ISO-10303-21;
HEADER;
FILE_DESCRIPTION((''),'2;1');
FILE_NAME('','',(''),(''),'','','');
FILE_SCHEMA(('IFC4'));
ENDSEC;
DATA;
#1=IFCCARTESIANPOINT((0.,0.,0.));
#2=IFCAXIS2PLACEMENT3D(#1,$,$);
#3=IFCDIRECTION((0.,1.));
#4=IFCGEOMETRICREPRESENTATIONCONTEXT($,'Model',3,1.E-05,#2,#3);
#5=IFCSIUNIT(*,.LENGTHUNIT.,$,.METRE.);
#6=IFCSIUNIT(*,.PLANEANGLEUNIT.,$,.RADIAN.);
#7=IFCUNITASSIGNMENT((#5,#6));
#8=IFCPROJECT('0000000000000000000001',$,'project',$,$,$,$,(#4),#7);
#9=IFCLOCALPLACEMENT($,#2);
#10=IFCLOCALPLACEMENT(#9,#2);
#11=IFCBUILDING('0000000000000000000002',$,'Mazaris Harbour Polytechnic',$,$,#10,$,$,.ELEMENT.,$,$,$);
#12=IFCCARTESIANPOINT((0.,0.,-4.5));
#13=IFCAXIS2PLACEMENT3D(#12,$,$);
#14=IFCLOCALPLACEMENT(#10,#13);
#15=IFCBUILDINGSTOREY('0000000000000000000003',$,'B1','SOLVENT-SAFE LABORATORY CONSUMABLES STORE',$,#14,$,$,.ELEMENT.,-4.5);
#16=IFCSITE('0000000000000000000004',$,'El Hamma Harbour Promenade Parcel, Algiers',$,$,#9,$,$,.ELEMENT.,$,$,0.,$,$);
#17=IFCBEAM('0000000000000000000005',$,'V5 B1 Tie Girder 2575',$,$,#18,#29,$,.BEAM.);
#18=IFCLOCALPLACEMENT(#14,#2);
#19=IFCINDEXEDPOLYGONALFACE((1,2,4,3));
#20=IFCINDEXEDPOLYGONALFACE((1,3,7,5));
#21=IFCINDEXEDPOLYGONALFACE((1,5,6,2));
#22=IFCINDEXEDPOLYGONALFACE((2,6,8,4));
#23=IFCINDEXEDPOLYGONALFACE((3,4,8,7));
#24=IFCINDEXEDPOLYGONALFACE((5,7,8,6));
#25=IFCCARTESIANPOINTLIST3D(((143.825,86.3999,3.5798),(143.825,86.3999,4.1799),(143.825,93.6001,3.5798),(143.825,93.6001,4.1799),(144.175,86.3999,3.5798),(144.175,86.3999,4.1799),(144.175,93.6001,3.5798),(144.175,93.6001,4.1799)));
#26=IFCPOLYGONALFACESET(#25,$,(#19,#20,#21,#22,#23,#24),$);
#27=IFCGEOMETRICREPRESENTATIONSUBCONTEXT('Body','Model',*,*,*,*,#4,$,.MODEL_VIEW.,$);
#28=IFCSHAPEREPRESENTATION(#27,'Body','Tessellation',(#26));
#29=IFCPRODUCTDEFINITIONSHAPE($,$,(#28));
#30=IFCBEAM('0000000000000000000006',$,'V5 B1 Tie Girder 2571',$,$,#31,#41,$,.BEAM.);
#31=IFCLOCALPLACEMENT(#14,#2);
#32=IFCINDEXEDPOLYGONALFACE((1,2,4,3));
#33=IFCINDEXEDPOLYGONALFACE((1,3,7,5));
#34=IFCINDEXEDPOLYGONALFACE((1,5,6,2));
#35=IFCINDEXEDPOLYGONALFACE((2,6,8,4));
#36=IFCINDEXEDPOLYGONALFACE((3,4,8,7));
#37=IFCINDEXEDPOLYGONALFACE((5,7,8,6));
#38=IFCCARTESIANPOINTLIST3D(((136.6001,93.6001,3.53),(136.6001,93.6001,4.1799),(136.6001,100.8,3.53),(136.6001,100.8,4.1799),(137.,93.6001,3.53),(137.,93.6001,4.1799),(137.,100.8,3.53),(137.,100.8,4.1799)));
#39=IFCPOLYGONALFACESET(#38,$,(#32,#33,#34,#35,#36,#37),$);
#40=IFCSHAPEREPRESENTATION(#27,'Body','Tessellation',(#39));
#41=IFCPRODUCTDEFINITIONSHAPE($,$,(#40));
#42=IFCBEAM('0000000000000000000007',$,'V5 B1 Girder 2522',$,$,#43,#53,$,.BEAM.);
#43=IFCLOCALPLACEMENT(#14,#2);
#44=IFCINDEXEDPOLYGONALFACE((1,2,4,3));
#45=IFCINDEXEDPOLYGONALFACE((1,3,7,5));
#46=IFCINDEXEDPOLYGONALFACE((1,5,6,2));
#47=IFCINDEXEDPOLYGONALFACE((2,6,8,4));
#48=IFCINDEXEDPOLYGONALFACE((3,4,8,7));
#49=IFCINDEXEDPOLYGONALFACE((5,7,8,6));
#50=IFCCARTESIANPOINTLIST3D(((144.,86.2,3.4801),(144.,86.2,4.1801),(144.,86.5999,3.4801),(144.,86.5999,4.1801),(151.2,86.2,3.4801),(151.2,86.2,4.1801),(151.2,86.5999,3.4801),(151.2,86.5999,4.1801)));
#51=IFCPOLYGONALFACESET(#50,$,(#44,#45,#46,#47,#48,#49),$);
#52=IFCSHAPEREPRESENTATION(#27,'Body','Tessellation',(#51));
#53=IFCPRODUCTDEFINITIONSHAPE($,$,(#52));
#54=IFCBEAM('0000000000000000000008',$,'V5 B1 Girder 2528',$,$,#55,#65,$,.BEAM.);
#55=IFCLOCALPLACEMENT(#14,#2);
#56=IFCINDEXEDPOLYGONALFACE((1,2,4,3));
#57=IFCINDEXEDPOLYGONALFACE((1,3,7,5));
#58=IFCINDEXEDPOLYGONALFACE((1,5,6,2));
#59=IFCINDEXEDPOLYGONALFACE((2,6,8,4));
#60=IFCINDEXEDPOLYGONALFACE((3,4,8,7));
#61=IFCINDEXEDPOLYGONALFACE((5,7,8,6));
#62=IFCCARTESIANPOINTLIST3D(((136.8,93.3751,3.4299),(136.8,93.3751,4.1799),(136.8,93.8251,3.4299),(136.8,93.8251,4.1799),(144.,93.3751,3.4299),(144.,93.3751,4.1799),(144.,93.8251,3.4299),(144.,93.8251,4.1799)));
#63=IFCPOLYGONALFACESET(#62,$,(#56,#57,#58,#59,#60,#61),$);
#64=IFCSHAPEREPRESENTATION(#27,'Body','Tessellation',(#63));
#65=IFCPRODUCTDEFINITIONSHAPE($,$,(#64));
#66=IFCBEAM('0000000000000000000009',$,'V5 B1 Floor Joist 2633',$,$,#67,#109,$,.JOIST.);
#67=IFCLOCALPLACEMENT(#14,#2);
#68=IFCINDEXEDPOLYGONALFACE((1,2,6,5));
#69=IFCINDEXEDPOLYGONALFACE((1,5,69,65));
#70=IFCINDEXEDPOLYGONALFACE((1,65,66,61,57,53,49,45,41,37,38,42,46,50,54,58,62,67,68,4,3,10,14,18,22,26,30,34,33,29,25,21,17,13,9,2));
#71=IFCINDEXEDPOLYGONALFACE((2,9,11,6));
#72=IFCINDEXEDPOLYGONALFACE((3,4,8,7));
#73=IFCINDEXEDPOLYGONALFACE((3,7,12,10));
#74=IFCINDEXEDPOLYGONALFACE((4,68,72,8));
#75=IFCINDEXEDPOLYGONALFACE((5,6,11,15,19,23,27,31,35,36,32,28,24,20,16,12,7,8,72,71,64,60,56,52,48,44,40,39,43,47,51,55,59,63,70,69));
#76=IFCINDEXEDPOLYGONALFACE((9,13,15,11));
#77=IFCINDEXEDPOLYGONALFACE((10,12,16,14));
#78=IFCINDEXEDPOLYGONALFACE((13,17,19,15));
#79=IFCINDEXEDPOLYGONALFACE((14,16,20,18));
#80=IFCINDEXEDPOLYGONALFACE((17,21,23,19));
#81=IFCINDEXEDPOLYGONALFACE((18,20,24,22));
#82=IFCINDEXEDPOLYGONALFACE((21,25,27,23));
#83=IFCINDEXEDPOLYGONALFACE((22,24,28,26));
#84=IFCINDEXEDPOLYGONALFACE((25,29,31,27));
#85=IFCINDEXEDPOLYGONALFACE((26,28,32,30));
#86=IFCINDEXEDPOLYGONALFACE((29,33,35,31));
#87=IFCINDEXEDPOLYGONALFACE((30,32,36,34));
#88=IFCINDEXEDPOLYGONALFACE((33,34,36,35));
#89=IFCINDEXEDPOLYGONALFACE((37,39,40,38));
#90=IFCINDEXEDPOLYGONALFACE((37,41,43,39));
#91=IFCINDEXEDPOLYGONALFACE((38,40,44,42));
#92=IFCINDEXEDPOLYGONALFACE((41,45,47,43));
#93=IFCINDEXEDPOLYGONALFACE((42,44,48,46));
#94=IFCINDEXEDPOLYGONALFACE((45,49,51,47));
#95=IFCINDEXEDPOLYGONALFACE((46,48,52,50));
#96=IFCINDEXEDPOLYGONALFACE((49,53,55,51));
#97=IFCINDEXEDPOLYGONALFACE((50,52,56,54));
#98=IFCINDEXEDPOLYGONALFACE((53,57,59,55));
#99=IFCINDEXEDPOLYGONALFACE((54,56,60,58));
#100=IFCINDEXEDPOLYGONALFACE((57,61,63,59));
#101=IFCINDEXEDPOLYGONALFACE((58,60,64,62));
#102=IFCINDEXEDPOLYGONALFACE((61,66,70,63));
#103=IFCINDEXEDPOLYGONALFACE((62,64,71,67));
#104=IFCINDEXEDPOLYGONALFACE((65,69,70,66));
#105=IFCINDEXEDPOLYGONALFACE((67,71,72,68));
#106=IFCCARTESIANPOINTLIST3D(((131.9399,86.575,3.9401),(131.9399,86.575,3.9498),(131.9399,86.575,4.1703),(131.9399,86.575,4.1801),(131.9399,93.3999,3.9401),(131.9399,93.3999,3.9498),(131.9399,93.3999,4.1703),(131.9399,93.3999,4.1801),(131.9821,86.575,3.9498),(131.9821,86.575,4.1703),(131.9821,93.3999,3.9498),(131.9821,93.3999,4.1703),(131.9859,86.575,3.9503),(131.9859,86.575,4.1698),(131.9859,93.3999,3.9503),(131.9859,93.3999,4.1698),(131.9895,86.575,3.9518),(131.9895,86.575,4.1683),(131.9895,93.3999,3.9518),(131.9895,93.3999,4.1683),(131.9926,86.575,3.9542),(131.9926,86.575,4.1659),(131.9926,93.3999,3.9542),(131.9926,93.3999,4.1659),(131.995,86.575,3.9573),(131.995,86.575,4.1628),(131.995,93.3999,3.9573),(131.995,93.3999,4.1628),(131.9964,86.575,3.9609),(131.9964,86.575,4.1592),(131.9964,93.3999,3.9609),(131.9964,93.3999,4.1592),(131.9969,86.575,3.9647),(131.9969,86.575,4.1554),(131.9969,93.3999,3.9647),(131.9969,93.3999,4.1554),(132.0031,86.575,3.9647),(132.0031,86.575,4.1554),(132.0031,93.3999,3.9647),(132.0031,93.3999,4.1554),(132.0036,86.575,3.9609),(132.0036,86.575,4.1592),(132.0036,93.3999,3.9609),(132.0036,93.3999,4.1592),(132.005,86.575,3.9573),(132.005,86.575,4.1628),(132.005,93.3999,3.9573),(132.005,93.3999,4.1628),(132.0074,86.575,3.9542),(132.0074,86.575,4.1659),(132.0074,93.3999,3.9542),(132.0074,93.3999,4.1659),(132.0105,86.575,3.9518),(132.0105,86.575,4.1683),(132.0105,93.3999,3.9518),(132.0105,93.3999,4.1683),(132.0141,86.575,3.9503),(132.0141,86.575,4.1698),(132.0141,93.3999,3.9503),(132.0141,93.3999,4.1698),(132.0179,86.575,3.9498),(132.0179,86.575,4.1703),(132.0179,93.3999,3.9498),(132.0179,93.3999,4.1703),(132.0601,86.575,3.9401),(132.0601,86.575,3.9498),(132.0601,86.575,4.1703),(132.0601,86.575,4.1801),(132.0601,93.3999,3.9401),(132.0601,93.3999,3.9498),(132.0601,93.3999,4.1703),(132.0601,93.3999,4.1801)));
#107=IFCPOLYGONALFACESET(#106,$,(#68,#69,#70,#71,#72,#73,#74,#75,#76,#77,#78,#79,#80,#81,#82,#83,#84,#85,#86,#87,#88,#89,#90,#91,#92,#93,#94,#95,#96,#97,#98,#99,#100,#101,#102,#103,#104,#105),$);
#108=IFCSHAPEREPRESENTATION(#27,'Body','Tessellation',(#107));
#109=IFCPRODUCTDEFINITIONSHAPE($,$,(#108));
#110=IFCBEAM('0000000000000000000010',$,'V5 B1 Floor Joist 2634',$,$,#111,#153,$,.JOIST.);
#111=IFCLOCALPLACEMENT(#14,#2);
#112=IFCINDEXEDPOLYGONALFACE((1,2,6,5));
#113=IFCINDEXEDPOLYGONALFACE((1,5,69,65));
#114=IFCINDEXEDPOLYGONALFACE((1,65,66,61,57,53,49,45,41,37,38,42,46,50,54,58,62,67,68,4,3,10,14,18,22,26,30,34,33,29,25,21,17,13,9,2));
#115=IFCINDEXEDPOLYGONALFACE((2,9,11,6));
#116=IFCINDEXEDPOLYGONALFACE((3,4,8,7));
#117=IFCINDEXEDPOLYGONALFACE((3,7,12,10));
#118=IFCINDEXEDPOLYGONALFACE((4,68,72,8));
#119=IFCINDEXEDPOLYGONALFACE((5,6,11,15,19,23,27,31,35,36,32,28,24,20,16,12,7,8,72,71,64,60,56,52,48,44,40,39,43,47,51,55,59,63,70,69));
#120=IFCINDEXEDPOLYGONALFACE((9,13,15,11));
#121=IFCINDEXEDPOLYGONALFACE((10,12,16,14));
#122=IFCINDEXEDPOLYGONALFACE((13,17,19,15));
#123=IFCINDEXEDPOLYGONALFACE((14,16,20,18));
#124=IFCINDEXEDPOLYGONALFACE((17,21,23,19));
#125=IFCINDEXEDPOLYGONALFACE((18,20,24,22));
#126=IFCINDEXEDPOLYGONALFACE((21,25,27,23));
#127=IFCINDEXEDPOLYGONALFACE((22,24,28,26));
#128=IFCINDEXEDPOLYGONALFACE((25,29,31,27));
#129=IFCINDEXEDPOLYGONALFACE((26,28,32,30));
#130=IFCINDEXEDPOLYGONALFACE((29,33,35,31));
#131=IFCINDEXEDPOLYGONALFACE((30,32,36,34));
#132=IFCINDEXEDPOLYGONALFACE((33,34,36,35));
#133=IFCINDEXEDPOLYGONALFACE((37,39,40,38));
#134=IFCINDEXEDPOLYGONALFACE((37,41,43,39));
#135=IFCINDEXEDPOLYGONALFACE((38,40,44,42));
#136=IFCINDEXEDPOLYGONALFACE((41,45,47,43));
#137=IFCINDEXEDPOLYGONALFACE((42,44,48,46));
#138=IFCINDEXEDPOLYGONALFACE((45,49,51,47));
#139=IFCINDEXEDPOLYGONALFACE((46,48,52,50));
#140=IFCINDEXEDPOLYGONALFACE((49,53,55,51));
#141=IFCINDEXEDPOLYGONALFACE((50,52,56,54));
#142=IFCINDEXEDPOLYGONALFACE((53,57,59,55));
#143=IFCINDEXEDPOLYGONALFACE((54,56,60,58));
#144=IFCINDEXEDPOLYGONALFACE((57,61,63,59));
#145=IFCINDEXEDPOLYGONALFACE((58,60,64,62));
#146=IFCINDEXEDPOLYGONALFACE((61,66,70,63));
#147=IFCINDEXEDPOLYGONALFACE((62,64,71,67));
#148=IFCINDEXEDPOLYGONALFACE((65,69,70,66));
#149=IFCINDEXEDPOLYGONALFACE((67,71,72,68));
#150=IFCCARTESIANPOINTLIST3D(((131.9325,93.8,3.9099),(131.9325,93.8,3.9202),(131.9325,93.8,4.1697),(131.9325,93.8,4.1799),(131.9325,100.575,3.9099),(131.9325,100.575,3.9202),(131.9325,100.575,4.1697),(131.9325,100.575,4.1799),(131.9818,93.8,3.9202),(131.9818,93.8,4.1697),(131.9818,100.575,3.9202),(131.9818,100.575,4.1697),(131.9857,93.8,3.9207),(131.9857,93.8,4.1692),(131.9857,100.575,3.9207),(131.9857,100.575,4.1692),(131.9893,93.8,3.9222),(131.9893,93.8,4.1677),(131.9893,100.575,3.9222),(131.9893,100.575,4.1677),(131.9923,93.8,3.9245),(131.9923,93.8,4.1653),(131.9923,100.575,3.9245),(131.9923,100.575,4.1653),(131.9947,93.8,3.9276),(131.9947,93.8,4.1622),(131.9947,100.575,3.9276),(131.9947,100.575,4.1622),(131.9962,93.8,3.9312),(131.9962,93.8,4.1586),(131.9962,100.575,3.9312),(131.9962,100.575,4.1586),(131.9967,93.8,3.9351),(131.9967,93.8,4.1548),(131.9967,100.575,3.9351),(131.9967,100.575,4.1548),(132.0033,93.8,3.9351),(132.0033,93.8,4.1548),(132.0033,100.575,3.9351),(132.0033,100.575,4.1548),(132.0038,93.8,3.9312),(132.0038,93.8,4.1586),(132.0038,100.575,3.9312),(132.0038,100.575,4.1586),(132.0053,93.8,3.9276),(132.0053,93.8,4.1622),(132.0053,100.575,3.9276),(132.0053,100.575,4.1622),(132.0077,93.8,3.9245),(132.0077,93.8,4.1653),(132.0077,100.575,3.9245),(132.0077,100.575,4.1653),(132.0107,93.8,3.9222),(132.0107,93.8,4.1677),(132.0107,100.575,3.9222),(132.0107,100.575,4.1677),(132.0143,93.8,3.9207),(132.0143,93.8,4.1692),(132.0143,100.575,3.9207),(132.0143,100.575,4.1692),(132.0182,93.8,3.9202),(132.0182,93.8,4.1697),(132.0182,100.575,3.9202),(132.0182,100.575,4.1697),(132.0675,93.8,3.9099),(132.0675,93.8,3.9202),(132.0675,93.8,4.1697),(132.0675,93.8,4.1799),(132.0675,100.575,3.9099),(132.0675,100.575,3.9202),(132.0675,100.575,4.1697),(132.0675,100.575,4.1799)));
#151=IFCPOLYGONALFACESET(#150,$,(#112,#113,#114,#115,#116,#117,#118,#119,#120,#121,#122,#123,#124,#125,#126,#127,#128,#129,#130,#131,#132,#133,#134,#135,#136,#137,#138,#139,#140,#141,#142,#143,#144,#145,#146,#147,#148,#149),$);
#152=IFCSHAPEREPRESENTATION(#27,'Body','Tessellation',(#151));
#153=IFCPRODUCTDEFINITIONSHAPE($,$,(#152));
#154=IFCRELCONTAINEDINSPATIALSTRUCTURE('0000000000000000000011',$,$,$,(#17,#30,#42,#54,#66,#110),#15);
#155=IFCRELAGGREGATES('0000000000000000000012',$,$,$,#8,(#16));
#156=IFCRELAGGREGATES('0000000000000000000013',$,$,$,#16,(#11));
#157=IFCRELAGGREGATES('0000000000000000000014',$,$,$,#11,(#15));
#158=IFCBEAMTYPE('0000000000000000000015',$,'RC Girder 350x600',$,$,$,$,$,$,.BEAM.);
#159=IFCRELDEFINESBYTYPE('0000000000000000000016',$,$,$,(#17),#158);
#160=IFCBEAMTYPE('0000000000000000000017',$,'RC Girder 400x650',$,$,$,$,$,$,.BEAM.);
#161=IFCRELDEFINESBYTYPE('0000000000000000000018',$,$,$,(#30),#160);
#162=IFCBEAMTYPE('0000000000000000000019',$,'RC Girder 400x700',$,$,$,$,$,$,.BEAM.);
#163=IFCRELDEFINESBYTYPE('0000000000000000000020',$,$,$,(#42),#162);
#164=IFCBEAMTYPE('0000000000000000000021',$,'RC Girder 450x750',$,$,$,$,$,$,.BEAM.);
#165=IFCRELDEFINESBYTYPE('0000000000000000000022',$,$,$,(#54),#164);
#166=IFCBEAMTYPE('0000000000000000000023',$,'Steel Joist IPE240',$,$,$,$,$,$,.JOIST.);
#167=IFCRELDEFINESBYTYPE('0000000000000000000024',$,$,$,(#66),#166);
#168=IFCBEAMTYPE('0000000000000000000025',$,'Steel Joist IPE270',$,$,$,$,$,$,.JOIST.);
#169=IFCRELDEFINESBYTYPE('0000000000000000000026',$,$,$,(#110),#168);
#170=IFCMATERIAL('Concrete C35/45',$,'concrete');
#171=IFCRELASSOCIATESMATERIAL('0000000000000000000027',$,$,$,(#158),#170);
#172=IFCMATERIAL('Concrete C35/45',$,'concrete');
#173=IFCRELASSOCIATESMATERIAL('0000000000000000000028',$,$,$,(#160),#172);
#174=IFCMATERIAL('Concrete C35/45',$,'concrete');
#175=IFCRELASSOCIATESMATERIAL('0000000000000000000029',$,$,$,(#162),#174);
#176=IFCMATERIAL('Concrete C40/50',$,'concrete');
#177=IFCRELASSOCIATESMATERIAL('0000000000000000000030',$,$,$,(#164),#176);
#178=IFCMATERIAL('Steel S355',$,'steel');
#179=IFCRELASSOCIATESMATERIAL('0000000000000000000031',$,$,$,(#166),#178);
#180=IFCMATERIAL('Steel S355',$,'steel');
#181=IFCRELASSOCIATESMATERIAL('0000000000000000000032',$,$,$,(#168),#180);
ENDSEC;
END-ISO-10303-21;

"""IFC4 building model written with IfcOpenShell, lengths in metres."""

from ifc_helpers import new_model, si_unit, direction, frame, origin, origin_2d, place, context, subcontext, project, spatial, rectangle, i_section, extrude, material, material_profile, profile_set, type_object, element, save


model = new_model("IFC4")

# Units and contexts
model_context = context("Model", 3, precision=1e-05, world=origin(), true_north=direction((0.0, 1.0)))
body_context = subcontext(model_context, "Body", "Model", "MODEL_VIEW")
ifc_project = project(units=[si_unit("LENGTHUNIT", "METRE"), si_unit("PLANEANGLEUNIT", "RADIAN")], contexts=[model_context])

# Site, building, storey
site_placement = place(None, origin())
site = spatial("IfcSite", under=ifc_project, at=site_placement, Name="El Hamma Harbour Promenade Parcel, Algiers", CompositionType="ELEMENT", RefElevation=0.0)
building_placement = place(site_placement, origin())
building = spatial("IfcBuilding", under=site, at=building_placement, Name="Mazaris Harbour Polytechnic", CompositionType="ELEMENT")
storey_placement = place(building_placement, frame((0.0, 0.0, -4.5)))
storey = spatial("IfcBuildingStorey", under=building, at=storey_placement, Name="B1", Description="SOLVENT-SAFE LABORATORY CONSUMABLES STORE", CompositionType="ELEMENT", Elevation=-4.5)

# Beams
ifc_material_1 = material(Name="Concrete C35/45", Category="concrete")
ifc_material_profile_1 = material_profile(ifc_material_1, rectangle(XDim=0.3501, YDim=0.6001, at=origin_2d()), Name="RECT350x600")
ifc_profile_set_1 = profile_set([ifc_material_profile_1], Name="Concrete C35/45")
beam_type_1 = type_object("IfcBeamType", Name="RC Girder 350x600", PredefinedType="BEAM", material=ifc_profile_set_1)
beam_1_placement = place(storey_placement, frame((144.0, 86.3999, 3.8799), z_axis=(0.0, 1.0, 0.0), x_axis=(-1.0, 0.0, 0.0)))
element("IfcBeam", 1, at=beam_1_placement, inside=storey, type_object=beam_type_1, Name="V5 B1 Tie Girder 2575", PredefinedType="BEAM", context=body_context, shape_type="SweptSolid", body=[
    extrude(rectangle(XDim=0.3501, YDim=0.6001, at=origin_2d()), origin(), (0.0, 0.0, 1.0), 7.2002),
])
ifc_material_2 = material(Name="Concrete C35/45", Category="concrete")
ifc_material_profile_2 = material_profile(ifc_material_2, rectangle(XDim=0.3999, YDim=0.6499, at=origin_2d()), Name="RECT400x650")
ifc_profile_set_2 = profile_set([ifc_material_profile_2], Name="Concrete C35/45")
beam_type_2 = type_object("IfcBeamType", Name="RC Girder 400x650", PredefinedType="BEAM", material=ifc_profile_set_2)
beam_2_placement = place(storey_placement, frame((136.8, 93.6001, 3.855), z_axis=(0.0, 1.0, 0.0), x_axis=(-1.0, 0.0, 0.0)))
element("IfcBeam", 2, at=beam_2_placement, inside=storey, type_object=beam_type_2, Name="V5 B1 Tie Girder 2571", PredefinedType="BEAM", context=body_context, shape_type="SweptSolid", body=[
    extrude(rectangle(XDim=0.3999, YDim=0.6499, at=origin_2d()), origin(), (0.0, 0.0, 1.0), 7.2),
])
ifc_material_3 = material(Name="Concrete C35/45", Category="concrete")
ifc_material_profile_3 = material_profile(ifc_material_3, rectangle(XDim=0.3999, YDim=0.7, at=origin_2d()), Name="RECT400x700")
ifc_profile_set_3 = profile_set([ifc_material_profile_3], Name="Concrete C35/45")
beam_type_3 = type_object("IfcBeamType", Name="RC Girder 400x700", PredefinedType="BEAM", material=ifc_profile_set_3)
beam_3_placement = place(storey_placement, frame((144.0, 86.3999, 3.8301), z_axis=(1.0, 0.0, 0.0), x_axis=(0.0, 1.0, 0.0)))
element("IfcBeam", 3, at=beam_3_placement, inside=storey, type_object=beam_type_3, Name="V5 B1 Girder 2522", PredefinedType="BEAM", context=body_context, shape_type="SweptSolid", body=[
    extrude(rectangle(XDim=0.3999, YDim=0.7, at=origin_2d()), origin(), (0.0, 0.0, 1.0), 7.2),
])
ifc_material_4 = material(Name="Concrete C40/50", Category="concrete")
ifc_material_profile_4 = material_profile(ifc_material_4, rectangle(XDim=0.45, YDim=0.75, at=origin_2d()), Name="RECT450x750")
ifc_profile_set_4 = profile_set([ifc_material_profile_4], Name="Concrete C40/50")
beam_type_4 = type_object("IfcBeamType", Name="RC Girder 450x750", PredefinedType="BEAM", material=ifc_profile_set_4)
beam_4_placement = place(storey_placement, frame((136.8, 93.6001, 3.8049), z_axis=(1.0, 0.0, 0.0), x_axis=(0.0, 1.0, 0.0)))
element("IfcBeam", 4, at=beam_4_placement, inside=storey, type_object=beam_type_4, Name="V5 B1 Girder 2528", PredefinedType="BEAM", context=body_context, shape_type="SweptSolid", body=[
    extrude(rectangle(XDim=0.45, YDim=0.75, at=origin_2d()), origin(), (0.0, 0.0, 1.0), 7.2),
])
ifc_material_5 = material(Name="Steel S355", Category="steel")
ifc_material_profile_5 = material_profile(ifc_material_5, i_section(OverallWidth=0.1201, OverallDepth=0.24, WebThickness=0.0061, FlangeThickness=0.0098, FilletRadius=0.0149, at=origin_2d()), Name="IPE 240")
ifc_profile_set_5 = profile_set([ifc_material_profile_5], Name="Steel S355")
beam_type_5 = type_object("IfcBeamType", Name="Steel Joist IPE240", PredefinedType="JOIST", material=ifc_profile_set_5)
beam_5_placement = place(storey_placement, frame((132.0, 86.575, 4.0601), z_axis=(0.0, 1.0, 0.0), x_axis=(-1.0, 0.0, 0.0)))
element("IfcBeam", 5, at=beam_5_placement, inside=storey, type_object=beam_type_5, Name="V5 B1 Floor Joist 2633", PredefinedType="JOIST", context=body_context, shape_type="SweptSolid", body=[
    extrude(i_section(OverallWidth=0.1201, OverallDepth=0.24, WebThickness=0.0061, FlangeThickness=0.0098, FilletRadius=0.0149, at=origin_2d()), origin(), (0.0, 0.0, 1.0), 6.825),
])
ifc_material_6 = material(Name="Steel S355", Category="steel")
ifc_material_profile_6 = material_profile(ifc_material_6, i_section(OverallWidth=0.135, OverallDepth=0.27, WebThickness=0.0066, FlangeThickness=0.0103, FilletRadius=0.0149, at=origin_2d()), Name="IPE 270")
ifc_profile_set_6 = profile_set([ifc_material_profile_6], Name="Steel S355")
beam_type_6 = type_object("IfcBeamType", Name="Steel Joist IPE270", PredefinedType="JOIST", material=ifc_profile_set_6)
beam_6_placement = place(storey_placement, frame((132.0, 93.8, 4.0449), z_axis=(0.0, 1.0, 0.0), x_axis=(-1.0, 0.0, 0.0)))
element("IfcBeam", 6, at=beam_6_placement, inside=storey, type_object=beam_type_6, Name="V5 B1 Floor Joist 2634", PredefinedType="JOIST", context=body_context, shape_type="SweptSolid", body=[
    extrude(i_section(OverallWidth=0.135, OverallDepth=0.27, WebThickness=0.0066, FlangeThickness=0.0103, FilletRadius=0.0149, at=origin_2d()), origin(), (0.0, 0.0, 1.0), 6.7749),
])

save(model, "model.ifc")
